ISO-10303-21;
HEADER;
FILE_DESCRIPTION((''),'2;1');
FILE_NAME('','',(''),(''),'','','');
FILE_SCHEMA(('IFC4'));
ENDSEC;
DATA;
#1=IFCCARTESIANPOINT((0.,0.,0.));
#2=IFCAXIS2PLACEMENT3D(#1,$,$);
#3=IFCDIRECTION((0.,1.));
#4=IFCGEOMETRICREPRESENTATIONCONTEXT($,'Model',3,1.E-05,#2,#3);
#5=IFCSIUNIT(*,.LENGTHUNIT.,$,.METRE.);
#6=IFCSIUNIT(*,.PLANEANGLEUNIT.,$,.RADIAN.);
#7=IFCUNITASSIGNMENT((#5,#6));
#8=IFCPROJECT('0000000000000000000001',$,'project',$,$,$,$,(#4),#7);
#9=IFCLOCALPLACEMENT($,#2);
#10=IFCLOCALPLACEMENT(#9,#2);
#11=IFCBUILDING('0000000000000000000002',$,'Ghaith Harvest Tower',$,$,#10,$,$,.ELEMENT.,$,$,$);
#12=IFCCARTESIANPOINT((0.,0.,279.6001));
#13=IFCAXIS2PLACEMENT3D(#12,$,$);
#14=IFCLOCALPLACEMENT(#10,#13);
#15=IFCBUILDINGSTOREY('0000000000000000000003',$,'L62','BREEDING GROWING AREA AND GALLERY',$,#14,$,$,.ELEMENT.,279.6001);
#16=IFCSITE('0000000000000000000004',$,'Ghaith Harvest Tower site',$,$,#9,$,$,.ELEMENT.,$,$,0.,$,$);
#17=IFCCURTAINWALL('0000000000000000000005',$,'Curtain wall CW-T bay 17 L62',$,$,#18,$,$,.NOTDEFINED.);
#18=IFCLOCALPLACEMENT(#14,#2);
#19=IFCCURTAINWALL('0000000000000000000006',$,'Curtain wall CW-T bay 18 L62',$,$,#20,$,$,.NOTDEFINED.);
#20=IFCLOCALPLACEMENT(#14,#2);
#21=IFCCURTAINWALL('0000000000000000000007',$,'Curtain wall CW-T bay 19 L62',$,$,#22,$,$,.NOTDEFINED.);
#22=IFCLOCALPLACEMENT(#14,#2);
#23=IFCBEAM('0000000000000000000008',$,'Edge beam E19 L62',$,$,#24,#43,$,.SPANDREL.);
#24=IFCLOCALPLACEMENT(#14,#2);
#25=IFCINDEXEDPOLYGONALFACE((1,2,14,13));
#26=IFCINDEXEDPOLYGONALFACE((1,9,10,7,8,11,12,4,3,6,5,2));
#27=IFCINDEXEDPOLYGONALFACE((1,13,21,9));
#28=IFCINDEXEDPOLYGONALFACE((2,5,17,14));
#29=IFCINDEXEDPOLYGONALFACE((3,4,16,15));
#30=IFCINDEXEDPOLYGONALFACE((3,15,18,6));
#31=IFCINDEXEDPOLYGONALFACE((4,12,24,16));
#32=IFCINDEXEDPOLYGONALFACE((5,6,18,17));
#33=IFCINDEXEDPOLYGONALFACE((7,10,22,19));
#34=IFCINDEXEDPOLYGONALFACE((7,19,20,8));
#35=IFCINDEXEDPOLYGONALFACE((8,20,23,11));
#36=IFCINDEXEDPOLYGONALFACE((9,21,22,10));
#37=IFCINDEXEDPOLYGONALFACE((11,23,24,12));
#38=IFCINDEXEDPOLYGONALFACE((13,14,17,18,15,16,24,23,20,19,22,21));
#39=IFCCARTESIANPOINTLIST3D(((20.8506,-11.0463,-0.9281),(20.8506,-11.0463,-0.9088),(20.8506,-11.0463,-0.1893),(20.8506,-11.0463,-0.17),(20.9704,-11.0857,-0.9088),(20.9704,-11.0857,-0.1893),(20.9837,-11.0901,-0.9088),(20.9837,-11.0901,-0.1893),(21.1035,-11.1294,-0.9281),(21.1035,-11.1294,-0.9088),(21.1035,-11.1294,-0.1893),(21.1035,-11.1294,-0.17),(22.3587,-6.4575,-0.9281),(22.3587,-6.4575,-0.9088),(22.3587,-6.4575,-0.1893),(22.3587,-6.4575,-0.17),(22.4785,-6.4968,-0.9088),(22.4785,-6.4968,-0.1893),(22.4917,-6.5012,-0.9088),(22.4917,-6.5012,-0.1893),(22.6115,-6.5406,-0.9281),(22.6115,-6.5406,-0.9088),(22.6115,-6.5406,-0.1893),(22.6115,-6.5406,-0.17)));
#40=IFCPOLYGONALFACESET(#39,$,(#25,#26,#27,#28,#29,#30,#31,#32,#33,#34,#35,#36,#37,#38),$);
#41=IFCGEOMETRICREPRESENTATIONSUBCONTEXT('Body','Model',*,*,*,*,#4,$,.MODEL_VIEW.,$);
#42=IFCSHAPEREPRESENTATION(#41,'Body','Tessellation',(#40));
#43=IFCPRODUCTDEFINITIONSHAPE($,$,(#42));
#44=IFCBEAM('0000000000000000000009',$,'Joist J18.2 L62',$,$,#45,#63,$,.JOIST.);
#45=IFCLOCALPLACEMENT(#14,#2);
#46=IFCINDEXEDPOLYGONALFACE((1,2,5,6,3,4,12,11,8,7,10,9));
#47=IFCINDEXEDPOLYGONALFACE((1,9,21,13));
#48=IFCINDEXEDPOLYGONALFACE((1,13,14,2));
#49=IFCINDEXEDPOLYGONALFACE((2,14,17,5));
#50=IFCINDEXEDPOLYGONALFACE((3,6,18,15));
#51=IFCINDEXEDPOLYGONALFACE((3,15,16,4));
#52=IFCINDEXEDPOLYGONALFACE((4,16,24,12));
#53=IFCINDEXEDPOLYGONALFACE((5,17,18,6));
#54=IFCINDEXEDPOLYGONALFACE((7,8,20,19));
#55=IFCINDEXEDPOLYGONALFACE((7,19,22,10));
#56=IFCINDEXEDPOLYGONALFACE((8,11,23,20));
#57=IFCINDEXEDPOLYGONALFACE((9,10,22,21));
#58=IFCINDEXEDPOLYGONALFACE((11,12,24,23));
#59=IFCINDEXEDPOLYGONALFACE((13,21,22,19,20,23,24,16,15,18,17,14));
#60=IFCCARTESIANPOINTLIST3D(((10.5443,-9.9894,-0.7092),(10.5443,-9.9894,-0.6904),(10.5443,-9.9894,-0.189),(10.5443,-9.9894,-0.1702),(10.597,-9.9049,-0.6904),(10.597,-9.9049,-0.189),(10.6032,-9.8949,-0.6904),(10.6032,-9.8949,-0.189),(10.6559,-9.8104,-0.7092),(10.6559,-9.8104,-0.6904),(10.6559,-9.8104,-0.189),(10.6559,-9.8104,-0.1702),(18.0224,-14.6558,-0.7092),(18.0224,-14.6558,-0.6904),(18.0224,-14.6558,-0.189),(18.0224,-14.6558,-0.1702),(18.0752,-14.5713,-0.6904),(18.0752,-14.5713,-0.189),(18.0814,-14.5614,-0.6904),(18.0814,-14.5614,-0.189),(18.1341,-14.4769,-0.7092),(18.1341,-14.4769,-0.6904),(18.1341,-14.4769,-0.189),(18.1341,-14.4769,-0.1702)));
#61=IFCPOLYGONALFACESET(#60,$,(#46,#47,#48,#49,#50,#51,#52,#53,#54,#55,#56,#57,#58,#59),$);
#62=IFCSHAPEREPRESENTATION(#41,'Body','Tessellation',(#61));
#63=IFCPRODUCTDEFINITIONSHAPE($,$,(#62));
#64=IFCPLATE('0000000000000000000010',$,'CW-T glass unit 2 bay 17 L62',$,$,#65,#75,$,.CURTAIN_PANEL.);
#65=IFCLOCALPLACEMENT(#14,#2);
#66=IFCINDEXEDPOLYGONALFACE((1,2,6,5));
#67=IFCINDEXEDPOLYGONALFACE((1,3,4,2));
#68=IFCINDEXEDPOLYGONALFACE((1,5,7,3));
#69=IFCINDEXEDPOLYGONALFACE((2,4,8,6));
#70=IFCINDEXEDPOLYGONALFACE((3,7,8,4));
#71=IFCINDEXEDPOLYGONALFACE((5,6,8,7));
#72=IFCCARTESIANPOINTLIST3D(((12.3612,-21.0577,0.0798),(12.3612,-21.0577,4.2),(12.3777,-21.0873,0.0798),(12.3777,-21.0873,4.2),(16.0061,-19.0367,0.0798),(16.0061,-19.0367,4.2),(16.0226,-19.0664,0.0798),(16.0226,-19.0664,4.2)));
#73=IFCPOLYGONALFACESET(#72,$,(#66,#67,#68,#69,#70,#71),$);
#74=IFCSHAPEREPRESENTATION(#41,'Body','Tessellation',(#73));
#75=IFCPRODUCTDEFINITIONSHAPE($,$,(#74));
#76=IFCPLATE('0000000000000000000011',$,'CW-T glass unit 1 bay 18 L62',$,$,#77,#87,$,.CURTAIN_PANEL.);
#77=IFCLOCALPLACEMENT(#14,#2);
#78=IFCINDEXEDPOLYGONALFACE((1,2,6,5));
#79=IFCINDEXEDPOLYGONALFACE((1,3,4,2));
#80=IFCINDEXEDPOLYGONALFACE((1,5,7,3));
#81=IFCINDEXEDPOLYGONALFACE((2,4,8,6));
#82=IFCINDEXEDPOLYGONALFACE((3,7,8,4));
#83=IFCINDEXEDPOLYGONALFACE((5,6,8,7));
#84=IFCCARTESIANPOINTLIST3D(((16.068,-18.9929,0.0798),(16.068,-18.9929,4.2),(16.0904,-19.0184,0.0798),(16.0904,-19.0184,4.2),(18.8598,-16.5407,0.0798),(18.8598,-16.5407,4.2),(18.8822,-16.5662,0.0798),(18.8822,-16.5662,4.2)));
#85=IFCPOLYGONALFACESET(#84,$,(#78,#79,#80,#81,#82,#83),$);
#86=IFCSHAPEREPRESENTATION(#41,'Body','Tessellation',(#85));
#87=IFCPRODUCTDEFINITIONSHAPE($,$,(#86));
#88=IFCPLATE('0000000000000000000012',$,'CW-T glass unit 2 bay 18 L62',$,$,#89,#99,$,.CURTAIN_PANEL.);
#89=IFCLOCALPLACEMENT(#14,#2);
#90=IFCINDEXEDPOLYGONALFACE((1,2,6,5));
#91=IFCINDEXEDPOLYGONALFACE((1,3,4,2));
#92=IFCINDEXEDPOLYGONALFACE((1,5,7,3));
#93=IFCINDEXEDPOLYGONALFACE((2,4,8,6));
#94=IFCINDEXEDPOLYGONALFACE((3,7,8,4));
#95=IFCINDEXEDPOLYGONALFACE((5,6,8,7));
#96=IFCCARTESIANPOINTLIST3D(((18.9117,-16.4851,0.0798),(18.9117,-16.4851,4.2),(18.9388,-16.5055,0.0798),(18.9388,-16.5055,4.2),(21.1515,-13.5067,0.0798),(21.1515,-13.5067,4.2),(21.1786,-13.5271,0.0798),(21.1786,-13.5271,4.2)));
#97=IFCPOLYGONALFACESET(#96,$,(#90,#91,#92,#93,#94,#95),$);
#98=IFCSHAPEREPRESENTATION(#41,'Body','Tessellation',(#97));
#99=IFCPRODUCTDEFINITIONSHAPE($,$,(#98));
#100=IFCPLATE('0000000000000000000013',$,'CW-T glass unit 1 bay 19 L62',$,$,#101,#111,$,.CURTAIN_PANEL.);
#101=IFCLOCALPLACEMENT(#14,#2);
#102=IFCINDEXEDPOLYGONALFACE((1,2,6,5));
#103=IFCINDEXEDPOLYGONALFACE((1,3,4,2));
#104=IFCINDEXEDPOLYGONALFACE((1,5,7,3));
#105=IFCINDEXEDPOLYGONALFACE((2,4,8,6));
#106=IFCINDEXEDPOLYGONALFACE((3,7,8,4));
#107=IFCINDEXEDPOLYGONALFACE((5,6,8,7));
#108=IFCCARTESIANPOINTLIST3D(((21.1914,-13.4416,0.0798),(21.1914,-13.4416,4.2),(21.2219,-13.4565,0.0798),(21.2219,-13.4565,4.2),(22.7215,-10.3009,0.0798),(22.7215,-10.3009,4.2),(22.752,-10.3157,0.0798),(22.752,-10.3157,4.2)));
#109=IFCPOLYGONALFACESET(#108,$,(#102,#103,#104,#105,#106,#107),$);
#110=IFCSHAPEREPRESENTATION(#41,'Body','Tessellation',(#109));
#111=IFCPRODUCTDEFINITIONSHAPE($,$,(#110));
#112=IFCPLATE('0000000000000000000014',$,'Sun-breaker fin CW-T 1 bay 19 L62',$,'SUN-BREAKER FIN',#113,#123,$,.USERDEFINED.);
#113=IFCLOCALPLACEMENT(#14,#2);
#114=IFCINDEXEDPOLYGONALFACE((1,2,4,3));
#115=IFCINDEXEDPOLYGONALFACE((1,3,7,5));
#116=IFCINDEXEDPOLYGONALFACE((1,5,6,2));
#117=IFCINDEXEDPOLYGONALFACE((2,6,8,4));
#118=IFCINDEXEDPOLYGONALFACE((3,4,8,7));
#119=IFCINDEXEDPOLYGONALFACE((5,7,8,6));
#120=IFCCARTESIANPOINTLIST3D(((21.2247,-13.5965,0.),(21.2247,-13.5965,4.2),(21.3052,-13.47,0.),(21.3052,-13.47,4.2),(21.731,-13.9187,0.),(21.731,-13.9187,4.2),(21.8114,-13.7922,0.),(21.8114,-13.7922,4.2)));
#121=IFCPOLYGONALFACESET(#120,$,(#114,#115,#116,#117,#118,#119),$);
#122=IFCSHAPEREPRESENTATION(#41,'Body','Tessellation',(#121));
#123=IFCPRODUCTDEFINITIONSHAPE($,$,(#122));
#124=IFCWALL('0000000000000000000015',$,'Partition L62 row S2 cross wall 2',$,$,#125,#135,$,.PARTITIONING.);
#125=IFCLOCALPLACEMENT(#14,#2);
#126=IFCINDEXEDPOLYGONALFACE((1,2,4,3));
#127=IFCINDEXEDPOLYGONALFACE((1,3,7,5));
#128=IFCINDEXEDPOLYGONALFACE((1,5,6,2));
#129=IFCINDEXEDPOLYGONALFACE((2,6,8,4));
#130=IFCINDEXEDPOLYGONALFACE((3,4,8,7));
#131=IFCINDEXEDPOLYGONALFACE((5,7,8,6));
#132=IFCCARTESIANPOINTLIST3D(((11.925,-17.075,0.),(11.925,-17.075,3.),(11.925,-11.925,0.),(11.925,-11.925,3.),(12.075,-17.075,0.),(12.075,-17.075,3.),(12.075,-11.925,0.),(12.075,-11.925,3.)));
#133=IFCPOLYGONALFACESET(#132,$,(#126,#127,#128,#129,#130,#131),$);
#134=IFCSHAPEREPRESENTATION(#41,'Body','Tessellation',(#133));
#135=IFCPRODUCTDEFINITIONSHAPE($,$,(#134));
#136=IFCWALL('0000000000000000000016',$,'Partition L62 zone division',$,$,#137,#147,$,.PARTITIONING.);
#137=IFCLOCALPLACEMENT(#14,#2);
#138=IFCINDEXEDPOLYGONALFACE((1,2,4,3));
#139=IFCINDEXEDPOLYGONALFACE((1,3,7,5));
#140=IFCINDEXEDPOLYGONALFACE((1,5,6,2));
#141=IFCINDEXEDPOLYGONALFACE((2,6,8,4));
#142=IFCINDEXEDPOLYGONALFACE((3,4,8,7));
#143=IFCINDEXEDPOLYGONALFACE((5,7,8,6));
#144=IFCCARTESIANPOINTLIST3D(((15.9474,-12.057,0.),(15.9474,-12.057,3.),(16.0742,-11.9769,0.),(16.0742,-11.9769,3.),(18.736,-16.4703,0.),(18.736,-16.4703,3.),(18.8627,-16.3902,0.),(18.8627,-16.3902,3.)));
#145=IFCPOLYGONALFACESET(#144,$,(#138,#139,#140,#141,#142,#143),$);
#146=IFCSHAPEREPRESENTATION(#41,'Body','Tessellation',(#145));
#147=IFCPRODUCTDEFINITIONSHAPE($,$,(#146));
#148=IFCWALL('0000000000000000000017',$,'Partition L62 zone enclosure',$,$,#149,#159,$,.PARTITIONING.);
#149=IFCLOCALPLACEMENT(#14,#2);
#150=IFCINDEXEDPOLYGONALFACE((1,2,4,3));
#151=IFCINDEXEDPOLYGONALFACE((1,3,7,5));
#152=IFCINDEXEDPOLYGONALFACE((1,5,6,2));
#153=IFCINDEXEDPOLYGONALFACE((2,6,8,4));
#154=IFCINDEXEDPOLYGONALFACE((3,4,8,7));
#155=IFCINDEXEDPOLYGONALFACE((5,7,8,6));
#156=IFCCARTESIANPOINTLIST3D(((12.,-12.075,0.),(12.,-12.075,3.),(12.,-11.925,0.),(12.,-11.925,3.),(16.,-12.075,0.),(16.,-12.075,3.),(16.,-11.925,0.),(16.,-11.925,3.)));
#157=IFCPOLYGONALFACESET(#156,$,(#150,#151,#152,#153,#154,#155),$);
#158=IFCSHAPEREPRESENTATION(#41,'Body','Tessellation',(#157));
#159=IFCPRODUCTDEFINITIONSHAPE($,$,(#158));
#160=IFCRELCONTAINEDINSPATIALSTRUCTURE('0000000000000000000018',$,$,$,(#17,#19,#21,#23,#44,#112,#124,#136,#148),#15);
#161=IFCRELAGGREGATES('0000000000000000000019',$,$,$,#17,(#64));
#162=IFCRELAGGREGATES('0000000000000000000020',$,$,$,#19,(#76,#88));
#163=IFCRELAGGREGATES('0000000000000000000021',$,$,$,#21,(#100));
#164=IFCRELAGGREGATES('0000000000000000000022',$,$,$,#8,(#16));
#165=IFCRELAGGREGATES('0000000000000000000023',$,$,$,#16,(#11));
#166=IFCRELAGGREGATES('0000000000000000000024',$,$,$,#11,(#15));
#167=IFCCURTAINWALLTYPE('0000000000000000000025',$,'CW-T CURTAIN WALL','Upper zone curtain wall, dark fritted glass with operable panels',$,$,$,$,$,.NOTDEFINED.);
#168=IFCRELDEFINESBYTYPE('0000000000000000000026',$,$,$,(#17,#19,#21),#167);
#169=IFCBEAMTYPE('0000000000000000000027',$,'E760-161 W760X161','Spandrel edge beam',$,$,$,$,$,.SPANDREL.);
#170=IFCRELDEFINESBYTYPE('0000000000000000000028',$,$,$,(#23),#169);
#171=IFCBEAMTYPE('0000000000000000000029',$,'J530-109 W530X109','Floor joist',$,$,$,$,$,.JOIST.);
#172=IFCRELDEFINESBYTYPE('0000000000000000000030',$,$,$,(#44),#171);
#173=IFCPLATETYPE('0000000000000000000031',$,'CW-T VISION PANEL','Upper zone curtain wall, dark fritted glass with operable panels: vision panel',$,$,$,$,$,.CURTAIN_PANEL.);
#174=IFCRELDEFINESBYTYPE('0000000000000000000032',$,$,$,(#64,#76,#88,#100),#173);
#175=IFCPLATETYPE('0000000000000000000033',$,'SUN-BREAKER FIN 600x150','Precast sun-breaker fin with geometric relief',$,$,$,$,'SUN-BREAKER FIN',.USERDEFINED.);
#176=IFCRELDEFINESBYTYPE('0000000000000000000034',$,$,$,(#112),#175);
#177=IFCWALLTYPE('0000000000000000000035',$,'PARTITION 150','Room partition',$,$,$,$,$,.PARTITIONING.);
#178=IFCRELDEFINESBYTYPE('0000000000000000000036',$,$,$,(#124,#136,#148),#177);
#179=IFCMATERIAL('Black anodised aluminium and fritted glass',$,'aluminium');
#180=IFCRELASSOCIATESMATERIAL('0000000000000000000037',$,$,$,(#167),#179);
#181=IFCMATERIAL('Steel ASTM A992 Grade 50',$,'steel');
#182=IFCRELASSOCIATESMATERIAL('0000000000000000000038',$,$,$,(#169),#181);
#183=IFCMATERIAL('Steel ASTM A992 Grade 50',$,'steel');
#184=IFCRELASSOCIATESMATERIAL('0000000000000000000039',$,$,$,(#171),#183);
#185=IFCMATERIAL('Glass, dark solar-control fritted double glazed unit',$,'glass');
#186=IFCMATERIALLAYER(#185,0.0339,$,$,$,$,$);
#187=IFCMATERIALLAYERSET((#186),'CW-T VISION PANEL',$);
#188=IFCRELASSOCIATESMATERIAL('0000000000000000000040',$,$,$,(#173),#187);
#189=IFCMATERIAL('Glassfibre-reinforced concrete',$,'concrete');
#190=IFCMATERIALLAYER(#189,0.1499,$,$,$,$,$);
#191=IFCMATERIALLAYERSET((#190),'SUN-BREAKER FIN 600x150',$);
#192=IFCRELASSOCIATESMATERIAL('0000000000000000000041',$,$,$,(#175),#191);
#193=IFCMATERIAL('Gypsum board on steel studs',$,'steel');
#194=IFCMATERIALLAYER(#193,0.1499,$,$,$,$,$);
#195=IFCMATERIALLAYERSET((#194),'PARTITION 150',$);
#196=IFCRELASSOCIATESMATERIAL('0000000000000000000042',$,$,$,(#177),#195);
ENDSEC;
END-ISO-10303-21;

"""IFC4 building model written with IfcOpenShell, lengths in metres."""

from ifc_helpers import new_model, si_unit, direction, frame, frame_2d, origin, origin_2d, place, context, subcontext, project, spatial, rectangle, i_section, extrude, material, layer, layer_set, material_profile, profile_set, type_object, element, aggregate, save


model = new_model("IFC4")

# Units and contexts
model_context = context("Model", 3, precision=1e-05, world=origin(), true_north=direction((0.0, 1.0)))
body_context = subcontext(model_context, "Body", "Model", "MODEL_VIEW")
ifc_project = project(units=[si_unit("LENGTHUNIT", "METRE"), si_unit("PLANEANGLEUNIT", "RADIAN")], contexts=[model_context])

# Site, building, storey
site_placement = place(None, origin())
site = spatial("IfcSite", under=ifc_project, at=site_placement, Name="Ghaith Harvest Tower site", CompositionType="ELEMENT", RefElevation=0.0)
building_placement = place(site_placement, origin())
building = spatial("IfcBuilding", under=site, at=building_placement, Name="Ghaith Harvest Tower", CompositionType="ELEMENT")
storey_placement = place(building_placement, frame((0.0, 0.0, 279.6001)))
storey = spatial("IfcBuildingStorey", under=building, at=storey_placement, Name="L62", Description="BREEDING GROWING AREA AND GALLERY", CompositionType="ELEMENT", Elevation=279.6001)

# Curtain wall
ifc_material_1 = material(Name="Black anodised aluminium and fritted glass", Category="aluminium")
curtain_wall_type = type_object("IfcCurtainWallType", Name="CW-T CURTAIN WALL", Description="Upper zone curtain wall, dark fritted glass with operable panels", PredefinedType="NOTDEFINED", material=ifc_material_1)
curtain_wall_1_placement = place(storey_placement, origin())
curtain_wall_1 = element("IfcCurtainWall", 1, at=curtain_wall_1_placement, inside=storey, type_object=curtain_wall_type, Name="Curtain wall CW-T bay 17 L62", PredefinedType="NOTDEFINED")

# Curtain walls
curtain_wall_2_placement = place(storey_placement, origin())
curtain_wall_2 = element("IfcCurtainWall", 2, at=curtain_wall_2_placement, inside=storey, type_object=curtain_wall_type, Name="Curtain wall CW-T bay 18 L62", PredefinedType="NOTDEFINED")
curtain_wall_3_placement = place(storey_placement, origin())
curtain_wall_3 = element("IfcCurtainWall", 3, at=curtain_wall_3_placement, inside=storey, type_object=curtain_wall_type, Name="Curtain wall CW-T bay 19 L62", PredefinedType="NOTDEFINED")

# Beams
ifc_material_2 = material(Name="Steel ASTM A992 Grade 50", Category="steel")
ifc_material_profile_1 = material_profile(ifc_material_2, i_section(OverallWidth=0.2661, OverallDepth=0.7581, WebThickness=0.0139, FlangeThickness=0.0193, at=origin_2d()), Name="W760X161")
ifc_profile_set_1 = profile_set([ifc_material_profile_1], Name="Steel ASTM A992 Grade 50")
beam_type_1 = type_object("IfcBeamType", Name="E760-161 W760X161", Description="Spandrel edge beam", PredefinedType="SPANDREL", material=ifc_profile_set_1)
beam_1_placement = place(storey_placement, frame((20.9771, -11.0879, -0.5491), z_axis=(0.312207, 0.950014, 0.0), x_axis=(-0.950014, 0.312207, 0.0)))
element("IfcBeam", 4, at=beam_1_placement, inside=storey, type_object=beam_type_1, Name="Edge beam E19 L62", PredefinedType="SPANDREL", context=body_context, shape_type="SweptSolid", body=[
    extrude(i_section(OverallWidth=0.2661, OverallDepth=0.7581, WebThickness=0.0139, FlangeThickness=0.0193, at=origin_2d()), origin(), (0.0, 0.0, 1.0), 4.8303),
])
ifc_material_3 = material(Name="Steel ASTM A992 Grade 50", Category="steel")
ifc_material_profile_2 = material_profile(ifc_material_3, i_section(OverallWidth=0.2109, OverallDepth=0.5391, WebThickness=0.0117, FlangeThickness=0.0188, at=origin_2d()), Name="W530X109")
ifc_profile_set_2 = profile_set([ifc_material_profile_2], Name="Steel ASTM A992 Grade 50")
beam_type_2 = type_object("IfcBeamType", Name="J530-109 W530X109", Description="Floor joist", PredefinedType="JOIST", material=ifc_profile_set_2)
beam_2_placement = place(storey_placement, frame((10.6001, -9.8999, -0.4397), z_axis=(0.848376, -0.529394, 0.0), x_axis=(0.529394, 0.848376, 0.0)))
element("IfcBeam", 5, at=beam_2_placement, inside=storey, type_object=beam_type_2, Name="Joist J18.2 L62", PredefinedType="JOIST", context=body_context, shape_type="SweptSolid", body=[
    extrude(i_section(OverallWidth=0.2109, OverallDepth=0.5391, WebThickness=0.0117, FlangeThickness=0.0188, at=origin_2d()), origin(), (0.0, 0.0, 1.0), 8.8147),
])

# Plates
ifc_material_4 = material(Name="Glass, dark solar-control fritted double glazed unit", Category="glass")
ifc_layer_1 = layer(ifc_material_4, 0.0339)
ifc_layer_set_1 = layer_set([ifc_layer_1], Name="CW-T VISION PANEL")
plate_type_1 = type_object("IfcPlateType", Name="CW-T VISION PANEL", Description="Upper zone curtain wall, dark fritted glass with operable panels: vision panel", PredefinedType="CURTAIN_PANEL", material=ifc_layer_set_1)
plate_1_placement = place(storey_placement, frame((14.1919, -20.062, 0.0798), z_axis=(0.0, 0.0, 1.0), x_axis=(0.874564, 0.48491, 0.0)))
plate_1 = element("IfcPlate", 6, at=plate_1_placement, type_object=plate_type_1, Name="CW-T glass unit 2 bay 17 L62", PredefinedType="CURTAIN_PANEL", context=body_context, shape_type="SweptSolid", body=[
    extrude(rectangle(XDim=4.1677, YDim=0.0339, at=origin_2d()), origin(), (0.0, 0.0, 1.0), 4.1201),
])
aggregate(curtain_wall_1, [plate_1])
plate_2_placement = place(storey_placement, frame((17.4751, -17.7795, 0.0798), z_axis=(0.0, 0.0, 1.0), x_axis=(0.751335, 0.659922, 0.0)))
plate_2 = element("IfcPlate", 7, at=plate_2_placement, type_object=plate_type_1, Name="CW-T glass unit 1 bay 18 L62", PredefinedType="CURTAIN_PANEL", context=body_context, shape_type="SweptSolid", body=[
    extrude(rectangle(XDim=3.7158, YDim=0.0339, at=origin_2d()), origin(), (0.0, 0.0, 1.0), 4.1201),
])
plate_3_placement = place(storey_placement, frame((20.0452, -15.0061, 0.0798), z_axis=(0.0, 0.0, 1.0), x_axis=(0.601048, 0.799213, 0.0)))
plate_3 = element("IfcPlate", 8, at=plate_3_placement, type_object=plate_type_1, Name="CW-T glass unit 2 bay 18 L62", PredefinedType="CURTAIN_PANEL", context=body_context, shape_type="SweptSolid", body=[
    extrude(rectangle(XDim=3.7266, YDim=0.0339, at=origin_2d()), origin(), (0.0, 0.0, 1.0), 4.1201),
])
aggregate(curtain_wall_2, [plate_2, plate_3])
plate_4_placement = place(storey_placement, frame((21.9717, -11.8787, 0.0798), z_axis=(0.0, 0.0, 1.0), x_axis=(0.437968, 0.89899, 0.0)))
plate_4 = element("IfcPlate", 9, at=plate_4_placement, type_object=plate_type_1, Name="CW-T glass unit 1 bay 19 L62", PredefinedType="CURTAIN_PANEL", context=body_context, shape_type="SweptSolid", body=[
    extrude(rectangle(XDim=3.4937, YDim=0.0339, at=origin_2d()), origin(), (0.0, 0.0, 1.0), 4.1201),
])
aggregate(curtain_wall_3, [plate_4])
ifc_material_5 = material(Name="Glassfibre-reinforced concrete", Category="concrete")
ifc_layer_2 = layer(ifc_material_5, 0.1499)
ifc_layer_set_2 = layer_set([ifc_layer_2], Name="SUN-BREAKER FIN 600x150")
plate_type_2 = type_object("IfcPlateType", Name="SUN-BREAKER FIN 600x150", Description="Precast sun-breaker fin with geometric relief", ElementType="SUN-BREAKER FIN", PredefinedType="USERDEFINED", material=ifc_layer_set_2)
plate_5_placement = place(storey_placement, frame((21.5181, -13.6943, 0.0), z_axis=(0.0, 0.0, 1.0), x_axis=(0.843644, -0.536903, 0.0)))
element("IfcPlate", 10, at=plate_5_placement, inside=storey, type_object=plate_type_2, Name="Sun-breaker fin CW-T 1 bay 19 L62", ObjectType="SUN-BREAKER FIN", PredefinedType="USERDEFINED", context=body_context, shape_type="SweptSolid", body=[
    extrude(rectangle(XDim=0.6001, YDim=0.1499, at=origin_2d()), origin(), (0.0, 0.0, 1.0), 4.2),
])

# Walls
ifc_material_6 = material(Name="Gypsum board on steel studs", Category="steel")
ifc_layer_3 = layer(ifc_material_6, 0.1499)
ifc_layer_set_3 = layer_set([ifc_layer_3], Name="PARTITION 150")
wall_type = type_object("IfcWallType", Name="PARTITION 150", Description="Room partition", PredefinedType="PARTITIONING", material=ifc_layer_set_3)
wall_1_placement = place(storey_placement, frame((12.0, -11.925, 0.0), z_axis=(0.0, 0.0, 1.0), x_axis=(0.0, -1.0, 0.0)))
element("IfcWall", 11, at=wall_1_placement, inside=storey, type_object=wall_type, Name="Partition L62 row S2 cross wall 2", PredefinedType="PARTITIONING", context=body_context, shape_type="SweptSolid", body=[
    extrude(rectangle(XDim=5.1499, YDim=0.1499, at=frame_2d((2.575, 0.0))), origin(), (0.0, 0.0, 1.0), 3.0),
])
wall_2_placement = place(storey_placement, frame((16.0107, -12.0168, 0.0), z_axis=(0.0, 0.0, 1.0), x_axis=(0.534158, -0.845384, 0.0)))
element("IfcWall", 12, at=wall_2_placement, inside=storey, type_object=wall_type, Name="Partition L62 zone division", PredefinedType="PARTITIONING", context=body_context, shape_type="SweptSolid", body=[
    extrude(rectangle(XDim=5.2205, YDim=0.1499, at=frame_2d((2.6104, 0.0))), origin(), (0.0, 0.0, 1.0), 3.0),
])
wall_3_placement = place(storey_placement, frame((12.0, -12.0, 0.0), z_axis=(0.0, 0.0, 1.0), x_axis=(1.0, 0.0, 0.0)))
element("IfcWall", 13, at=wall_3_placement, inside=storey, type_object=wall_type, Name="Partition L62 zone enclosure", PredefinedType="PARTITIONING", context=body_context, shape_type="SweptSolid", body=[
    extrude(rectangle(XDim=4.0, YDim=0.1499, at=frame_2d((2.0, 0.0))), origin(), (0.0, 0.0, 1.0), 3.0),
])

save(model, "model.ifc")
